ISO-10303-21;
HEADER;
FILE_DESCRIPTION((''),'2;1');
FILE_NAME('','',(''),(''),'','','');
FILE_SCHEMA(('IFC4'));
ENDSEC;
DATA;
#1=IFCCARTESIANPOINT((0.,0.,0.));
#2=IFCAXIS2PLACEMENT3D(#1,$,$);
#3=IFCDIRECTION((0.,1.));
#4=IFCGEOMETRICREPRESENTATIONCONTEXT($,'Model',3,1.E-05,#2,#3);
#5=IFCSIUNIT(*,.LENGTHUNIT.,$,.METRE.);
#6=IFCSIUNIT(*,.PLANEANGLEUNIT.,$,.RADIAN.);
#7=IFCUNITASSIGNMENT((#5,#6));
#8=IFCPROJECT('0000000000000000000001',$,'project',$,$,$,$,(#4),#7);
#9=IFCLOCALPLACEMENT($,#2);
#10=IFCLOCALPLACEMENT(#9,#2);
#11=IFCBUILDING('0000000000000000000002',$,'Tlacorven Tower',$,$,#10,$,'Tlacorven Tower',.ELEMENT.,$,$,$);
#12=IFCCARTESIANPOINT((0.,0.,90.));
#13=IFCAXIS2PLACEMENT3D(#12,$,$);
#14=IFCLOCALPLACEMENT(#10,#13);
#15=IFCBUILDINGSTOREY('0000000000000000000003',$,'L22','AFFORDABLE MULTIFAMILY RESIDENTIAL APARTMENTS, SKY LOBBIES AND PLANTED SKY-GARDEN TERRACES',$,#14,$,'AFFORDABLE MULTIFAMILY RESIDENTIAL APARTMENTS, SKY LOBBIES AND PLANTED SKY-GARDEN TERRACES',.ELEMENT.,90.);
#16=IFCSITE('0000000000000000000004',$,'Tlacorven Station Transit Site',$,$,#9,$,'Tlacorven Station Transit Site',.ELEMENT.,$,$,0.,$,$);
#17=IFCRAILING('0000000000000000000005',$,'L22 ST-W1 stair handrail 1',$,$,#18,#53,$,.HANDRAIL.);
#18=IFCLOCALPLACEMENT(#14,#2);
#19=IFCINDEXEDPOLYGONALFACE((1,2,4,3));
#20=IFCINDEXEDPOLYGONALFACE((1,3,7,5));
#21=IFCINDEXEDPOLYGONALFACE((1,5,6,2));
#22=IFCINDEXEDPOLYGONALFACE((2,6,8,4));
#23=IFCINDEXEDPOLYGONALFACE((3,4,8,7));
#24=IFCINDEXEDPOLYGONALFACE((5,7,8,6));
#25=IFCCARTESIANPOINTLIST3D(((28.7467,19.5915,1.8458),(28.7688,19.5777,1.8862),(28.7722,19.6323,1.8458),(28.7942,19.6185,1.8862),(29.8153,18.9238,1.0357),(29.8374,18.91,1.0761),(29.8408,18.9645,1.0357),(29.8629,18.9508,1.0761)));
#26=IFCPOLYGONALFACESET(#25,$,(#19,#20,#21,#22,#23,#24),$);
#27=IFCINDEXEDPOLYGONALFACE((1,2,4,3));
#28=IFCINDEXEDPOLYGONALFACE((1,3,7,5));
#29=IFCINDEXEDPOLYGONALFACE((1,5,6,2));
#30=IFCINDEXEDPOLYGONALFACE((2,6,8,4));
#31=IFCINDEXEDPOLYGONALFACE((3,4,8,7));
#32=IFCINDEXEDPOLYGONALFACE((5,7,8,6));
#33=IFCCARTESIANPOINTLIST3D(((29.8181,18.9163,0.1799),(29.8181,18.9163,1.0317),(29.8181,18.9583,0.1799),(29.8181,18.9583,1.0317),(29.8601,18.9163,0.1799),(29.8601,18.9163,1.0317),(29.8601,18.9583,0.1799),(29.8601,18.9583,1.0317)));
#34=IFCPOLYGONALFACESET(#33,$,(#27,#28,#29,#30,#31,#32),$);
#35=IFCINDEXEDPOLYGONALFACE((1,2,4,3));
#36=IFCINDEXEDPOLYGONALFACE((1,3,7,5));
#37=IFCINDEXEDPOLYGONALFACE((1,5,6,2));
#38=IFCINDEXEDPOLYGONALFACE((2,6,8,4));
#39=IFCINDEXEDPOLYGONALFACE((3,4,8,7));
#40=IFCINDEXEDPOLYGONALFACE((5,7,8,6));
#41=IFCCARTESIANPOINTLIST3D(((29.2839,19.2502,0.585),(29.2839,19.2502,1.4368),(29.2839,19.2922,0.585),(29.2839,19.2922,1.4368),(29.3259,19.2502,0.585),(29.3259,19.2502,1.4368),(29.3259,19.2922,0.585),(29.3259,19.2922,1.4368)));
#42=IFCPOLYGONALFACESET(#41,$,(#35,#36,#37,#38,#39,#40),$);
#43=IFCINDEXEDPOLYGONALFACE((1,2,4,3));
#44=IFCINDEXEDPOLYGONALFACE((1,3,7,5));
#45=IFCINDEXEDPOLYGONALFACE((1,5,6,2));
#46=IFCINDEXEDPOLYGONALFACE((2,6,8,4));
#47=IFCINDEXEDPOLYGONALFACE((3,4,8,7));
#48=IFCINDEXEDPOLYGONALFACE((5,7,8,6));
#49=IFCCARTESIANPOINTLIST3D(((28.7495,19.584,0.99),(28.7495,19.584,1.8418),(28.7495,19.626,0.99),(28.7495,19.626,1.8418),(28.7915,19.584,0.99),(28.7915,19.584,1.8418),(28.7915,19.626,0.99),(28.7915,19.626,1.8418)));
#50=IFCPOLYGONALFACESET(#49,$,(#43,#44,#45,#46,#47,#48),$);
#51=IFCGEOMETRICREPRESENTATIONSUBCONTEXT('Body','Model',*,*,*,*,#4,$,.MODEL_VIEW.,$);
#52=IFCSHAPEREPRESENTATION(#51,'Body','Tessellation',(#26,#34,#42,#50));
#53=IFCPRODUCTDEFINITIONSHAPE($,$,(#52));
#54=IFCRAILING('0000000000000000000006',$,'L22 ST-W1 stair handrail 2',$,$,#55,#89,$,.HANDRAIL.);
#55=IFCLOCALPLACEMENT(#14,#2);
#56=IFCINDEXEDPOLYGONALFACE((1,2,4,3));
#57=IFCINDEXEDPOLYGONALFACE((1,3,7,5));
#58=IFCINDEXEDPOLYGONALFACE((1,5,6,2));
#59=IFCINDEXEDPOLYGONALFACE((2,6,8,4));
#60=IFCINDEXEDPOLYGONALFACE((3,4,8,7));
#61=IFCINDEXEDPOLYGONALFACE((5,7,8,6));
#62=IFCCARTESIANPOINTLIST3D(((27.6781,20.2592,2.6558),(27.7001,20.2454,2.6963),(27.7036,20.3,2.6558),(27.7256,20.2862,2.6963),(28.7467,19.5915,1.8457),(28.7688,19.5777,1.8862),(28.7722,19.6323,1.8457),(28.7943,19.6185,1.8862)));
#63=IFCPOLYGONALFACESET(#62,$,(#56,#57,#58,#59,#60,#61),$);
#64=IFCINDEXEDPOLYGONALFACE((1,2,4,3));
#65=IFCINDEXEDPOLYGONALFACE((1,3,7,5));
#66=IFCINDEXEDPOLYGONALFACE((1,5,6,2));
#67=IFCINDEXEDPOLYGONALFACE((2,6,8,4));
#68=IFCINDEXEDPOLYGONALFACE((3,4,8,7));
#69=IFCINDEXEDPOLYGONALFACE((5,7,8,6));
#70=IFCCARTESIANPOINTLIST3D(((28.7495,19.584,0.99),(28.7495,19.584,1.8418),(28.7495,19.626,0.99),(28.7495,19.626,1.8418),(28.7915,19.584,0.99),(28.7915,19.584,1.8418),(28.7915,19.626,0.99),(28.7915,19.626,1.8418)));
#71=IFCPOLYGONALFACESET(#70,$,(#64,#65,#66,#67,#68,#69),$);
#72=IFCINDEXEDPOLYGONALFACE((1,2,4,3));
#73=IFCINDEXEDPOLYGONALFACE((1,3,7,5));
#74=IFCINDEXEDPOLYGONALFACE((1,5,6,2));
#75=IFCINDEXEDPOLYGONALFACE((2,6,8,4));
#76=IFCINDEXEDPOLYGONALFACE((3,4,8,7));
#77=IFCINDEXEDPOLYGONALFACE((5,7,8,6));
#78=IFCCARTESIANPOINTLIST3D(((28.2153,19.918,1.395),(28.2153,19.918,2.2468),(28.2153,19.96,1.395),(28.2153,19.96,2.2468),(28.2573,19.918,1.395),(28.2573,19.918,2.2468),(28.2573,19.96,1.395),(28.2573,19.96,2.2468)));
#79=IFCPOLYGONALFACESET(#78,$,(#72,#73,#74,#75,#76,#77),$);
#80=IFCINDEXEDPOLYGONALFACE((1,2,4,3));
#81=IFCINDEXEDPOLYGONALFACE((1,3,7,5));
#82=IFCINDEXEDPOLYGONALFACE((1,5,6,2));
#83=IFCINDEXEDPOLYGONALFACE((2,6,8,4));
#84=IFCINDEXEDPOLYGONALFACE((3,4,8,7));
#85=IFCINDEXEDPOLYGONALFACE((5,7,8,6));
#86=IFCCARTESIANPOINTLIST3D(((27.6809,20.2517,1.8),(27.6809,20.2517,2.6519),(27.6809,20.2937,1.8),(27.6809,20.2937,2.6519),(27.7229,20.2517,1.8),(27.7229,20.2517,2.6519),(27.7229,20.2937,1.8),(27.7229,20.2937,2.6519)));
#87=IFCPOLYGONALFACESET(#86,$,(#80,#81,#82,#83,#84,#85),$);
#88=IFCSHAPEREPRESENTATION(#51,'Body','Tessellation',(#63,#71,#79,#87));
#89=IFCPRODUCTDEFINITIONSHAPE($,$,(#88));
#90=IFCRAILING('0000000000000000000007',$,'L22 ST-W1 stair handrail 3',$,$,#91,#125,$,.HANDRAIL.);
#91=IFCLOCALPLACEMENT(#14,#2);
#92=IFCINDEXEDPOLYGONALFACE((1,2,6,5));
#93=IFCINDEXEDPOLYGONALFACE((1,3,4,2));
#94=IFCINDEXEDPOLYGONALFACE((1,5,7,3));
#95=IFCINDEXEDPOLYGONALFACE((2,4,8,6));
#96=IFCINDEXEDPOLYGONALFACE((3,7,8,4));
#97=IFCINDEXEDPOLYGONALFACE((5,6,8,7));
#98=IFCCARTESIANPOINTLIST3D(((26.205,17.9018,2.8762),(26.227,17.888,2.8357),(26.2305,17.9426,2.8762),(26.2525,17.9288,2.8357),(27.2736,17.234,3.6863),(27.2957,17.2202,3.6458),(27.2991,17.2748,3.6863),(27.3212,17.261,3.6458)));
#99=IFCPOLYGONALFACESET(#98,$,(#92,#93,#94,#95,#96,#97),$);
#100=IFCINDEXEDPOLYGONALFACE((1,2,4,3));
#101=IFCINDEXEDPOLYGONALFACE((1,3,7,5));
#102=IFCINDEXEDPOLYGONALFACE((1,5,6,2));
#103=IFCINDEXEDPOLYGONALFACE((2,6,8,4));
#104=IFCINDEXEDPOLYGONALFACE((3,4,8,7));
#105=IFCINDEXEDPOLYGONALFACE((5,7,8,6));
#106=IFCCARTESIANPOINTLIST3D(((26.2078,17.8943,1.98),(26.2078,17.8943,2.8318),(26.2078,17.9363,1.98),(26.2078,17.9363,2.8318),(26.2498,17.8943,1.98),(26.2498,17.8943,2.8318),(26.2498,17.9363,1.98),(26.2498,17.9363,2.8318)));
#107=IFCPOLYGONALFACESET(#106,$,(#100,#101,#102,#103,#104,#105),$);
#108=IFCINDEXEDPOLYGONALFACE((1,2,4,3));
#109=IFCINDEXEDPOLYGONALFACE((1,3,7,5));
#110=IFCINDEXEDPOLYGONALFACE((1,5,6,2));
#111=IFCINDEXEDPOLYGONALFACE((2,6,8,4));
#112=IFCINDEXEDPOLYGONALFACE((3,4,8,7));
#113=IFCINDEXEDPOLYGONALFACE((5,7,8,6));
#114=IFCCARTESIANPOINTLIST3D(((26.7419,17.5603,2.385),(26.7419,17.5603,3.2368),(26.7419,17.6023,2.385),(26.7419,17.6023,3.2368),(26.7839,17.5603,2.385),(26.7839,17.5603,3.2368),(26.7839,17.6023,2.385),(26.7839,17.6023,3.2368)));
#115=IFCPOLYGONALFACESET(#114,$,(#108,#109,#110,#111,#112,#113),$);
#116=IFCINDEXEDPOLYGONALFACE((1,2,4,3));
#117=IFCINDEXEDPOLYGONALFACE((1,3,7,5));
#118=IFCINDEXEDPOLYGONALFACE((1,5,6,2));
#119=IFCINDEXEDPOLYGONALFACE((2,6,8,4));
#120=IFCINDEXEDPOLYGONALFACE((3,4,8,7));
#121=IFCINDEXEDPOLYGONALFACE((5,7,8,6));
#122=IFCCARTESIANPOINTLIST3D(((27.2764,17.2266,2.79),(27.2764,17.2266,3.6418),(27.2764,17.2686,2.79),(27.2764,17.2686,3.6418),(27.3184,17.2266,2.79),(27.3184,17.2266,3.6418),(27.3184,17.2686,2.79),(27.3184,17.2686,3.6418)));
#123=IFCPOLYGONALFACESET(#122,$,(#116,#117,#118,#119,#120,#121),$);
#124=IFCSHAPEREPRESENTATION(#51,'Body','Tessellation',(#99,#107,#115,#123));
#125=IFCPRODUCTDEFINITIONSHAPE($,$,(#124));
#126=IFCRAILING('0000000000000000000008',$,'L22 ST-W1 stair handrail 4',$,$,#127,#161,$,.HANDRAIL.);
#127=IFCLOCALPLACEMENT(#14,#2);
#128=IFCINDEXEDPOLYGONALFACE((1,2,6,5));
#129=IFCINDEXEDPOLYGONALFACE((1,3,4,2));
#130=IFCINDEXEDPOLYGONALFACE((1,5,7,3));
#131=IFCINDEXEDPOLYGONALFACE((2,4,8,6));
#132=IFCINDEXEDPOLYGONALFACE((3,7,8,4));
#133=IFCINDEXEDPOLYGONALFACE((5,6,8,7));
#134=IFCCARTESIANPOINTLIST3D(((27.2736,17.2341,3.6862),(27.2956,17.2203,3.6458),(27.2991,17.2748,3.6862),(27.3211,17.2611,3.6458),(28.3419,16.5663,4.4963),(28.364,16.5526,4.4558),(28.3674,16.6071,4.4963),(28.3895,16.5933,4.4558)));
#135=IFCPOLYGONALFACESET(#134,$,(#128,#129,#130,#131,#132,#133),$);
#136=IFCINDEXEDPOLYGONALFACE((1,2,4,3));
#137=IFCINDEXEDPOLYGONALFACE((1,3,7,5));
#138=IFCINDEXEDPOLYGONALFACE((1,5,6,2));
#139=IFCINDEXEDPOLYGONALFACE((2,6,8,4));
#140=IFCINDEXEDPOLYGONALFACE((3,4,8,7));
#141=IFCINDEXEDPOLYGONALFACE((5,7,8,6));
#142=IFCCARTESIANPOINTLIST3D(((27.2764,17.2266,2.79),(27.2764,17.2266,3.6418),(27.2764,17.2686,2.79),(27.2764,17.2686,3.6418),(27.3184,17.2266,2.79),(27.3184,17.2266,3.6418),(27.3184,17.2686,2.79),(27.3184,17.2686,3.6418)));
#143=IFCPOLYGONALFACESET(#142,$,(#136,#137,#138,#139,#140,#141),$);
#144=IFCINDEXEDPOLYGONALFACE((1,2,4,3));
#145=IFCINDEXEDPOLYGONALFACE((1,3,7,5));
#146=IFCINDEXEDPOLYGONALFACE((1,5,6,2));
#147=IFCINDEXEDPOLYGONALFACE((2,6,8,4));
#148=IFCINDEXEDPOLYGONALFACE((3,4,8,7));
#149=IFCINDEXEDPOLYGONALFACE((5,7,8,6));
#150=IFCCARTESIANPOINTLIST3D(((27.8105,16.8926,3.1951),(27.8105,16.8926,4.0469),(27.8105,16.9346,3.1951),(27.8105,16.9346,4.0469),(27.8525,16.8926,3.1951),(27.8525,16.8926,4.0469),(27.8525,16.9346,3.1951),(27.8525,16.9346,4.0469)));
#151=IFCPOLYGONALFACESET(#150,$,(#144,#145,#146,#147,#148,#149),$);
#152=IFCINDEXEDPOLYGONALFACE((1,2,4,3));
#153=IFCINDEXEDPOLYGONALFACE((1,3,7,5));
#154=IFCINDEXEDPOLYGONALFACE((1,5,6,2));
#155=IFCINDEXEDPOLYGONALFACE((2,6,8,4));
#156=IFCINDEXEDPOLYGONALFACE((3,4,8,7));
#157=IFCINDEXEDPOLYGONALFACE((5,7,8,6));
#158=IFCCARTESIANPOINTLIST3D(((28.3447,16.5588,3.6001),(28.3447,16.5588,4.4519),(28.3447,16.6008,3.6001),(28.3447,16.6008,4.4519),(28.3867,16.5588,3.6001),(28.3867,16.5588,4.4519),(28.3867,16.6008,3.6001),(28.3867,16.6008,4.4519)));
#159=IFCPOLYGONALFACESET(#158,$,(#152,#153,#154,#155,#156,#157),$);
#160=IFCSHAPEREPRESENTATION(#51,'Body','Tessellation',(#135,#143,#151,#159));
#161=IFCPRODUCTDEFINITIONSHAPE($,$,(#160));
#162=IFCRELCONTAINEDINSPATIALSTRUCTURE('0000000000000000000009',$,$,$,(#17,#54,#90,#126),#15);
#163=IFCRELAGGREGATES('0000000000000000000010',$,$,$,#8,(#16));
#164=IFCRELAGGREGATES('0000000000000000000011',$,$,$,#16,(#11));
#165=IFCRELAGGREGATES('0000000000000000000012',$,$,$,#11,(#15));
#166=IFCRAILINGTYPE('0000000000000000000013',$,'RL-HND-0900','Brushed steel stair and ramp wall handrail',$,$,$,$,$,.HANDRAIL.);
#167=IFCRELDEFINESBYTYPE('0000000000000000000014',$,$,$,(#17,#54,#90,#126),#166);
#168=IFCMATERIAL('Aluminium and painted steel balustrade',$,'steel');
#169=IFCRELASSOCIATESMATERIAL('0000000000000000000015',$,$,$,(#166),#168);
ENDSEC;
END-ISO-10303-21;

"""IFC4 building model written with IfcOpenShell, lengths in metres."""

from ifc_helpers import new_model, si_unit, direction, frame, origin, origin_2d, place, context, subcontext, project, spatial, rectangle, extrude, source, transform, mapped, material, type_object, element, save


model = new_model("IFC4")

# Units and contexts
model_context = context("Model", 3, precision=1e-05, world=origin(), true_north=direction((0.0, 1.0)))
body_context = subcontext(model_context, "Body", "Model", "MODEL_VIEW")
ifc_project = project(units=[si_unit("LENGTHUNIT", "METRE"), si_unit("PLANEANGLEUNIT", "RADIAN")], contexts=[model_context])

# Site, building, storey
site_placement = place(None, origin())
site = spatial("IfcSite", under=ifc_project, at=site_placement, Name="Tlacorven Station Transit Site", LongName="Tlacorven Station Transit Site", CompositionType="ELEMENT", RefElevation=0.0)
building_placement = place(site_placement, origin())
building = spatial("IfcBuilding", under=site, at=building_placement, Name="Tlacorven Tower", LongName="Tlacorven Tower", CompositionType="ELEMENT")
storey_placement = place(building_placement, frame((0.0, 0.0, 90.0)))
storey = spatial("IfcBuildingStorey", under=building, at=storey_placement, Name="L22", Description="AFFORDABLE MULTIFAMILY RESIDENTIAL APARTMENTS, SKY LOBBIES AND PLANTED SKY-GARDEN TERRACES", LongName="AFFORDABLE MULTIFAMILY RESIDENTIAL APARTMENTS, SKY LOBBIES AND PLANTED SKY-GARDEN TERRACES", CompositionType="ELEMENT", Elevation=90.0)

# Railings
ifc_material_1 = material(Name="Aluminium and painted steel balustrade", Category="steel")
railing_type_1 = type_object("IfcRailingType", Name="RL-HND-0900", Description="Brushed steel stair and ramp wall handrail", PredefinedType="HANDRAIL", material=ifc_material_1)
shared_shape_1 = source(origin(), body_context, "Body", "SweptSolid", [
    extrude(rectangle(XDim=0.0481, YDim=0.0481, at=origin_2d()), frame((0.0, 0.0, 0.876), z_axis=(-0.71336, 0.445748, 0.540765), x_axis=(-0.529912, -0.848053, 0.0)), (0.0, 0.0, 1.0), 1.498),
    extrude(rectangle(XDim=0.042, YDim=0.042, at=origin_2d()), origin(), (0.0, 0.0, 1.0), 0.8518),
    extrude(rectangle(XDim=0.042, YDim=0.042, at=origin_2d()), frame((-0.5342, 0.334, 0.405)), (0.0, 0.0, 1.0), 0.8518),
    extrude(rectangle(XDim=0.042, YDim=0.042, at=origin_2d()), frame((-1.0686, 0.6677, 0.8101)), (0.0, 0.0, 1.0), 0.8518),
])
for number, where, name in (
    (1, (29.8391, 18.9373, 0.1799), "L22 ST-W1 stair handrail 1"),
    (2, (28.7705, 19.605, 0.99), "L22 ST-W1 stair handrail 2"),
):
    element("IfcRailing", number, at=place(storey_placement, frame(where)), inside=storey, type_object=railing_type_1, Name=name, PredefinedType="HANDRAIL", context=body_context, shape_type="MappedRepresentation", body=[
        mapped(shared_shape_1, transform((0.0, 0.0, 0.0), scale=1.0)),
    ])
shared_shape_2 = source(origin(), body_context, "Body", "SweptSolid", [
    extrude(rectangle(XDim=0.0481, YDim=0.0481, at=origin_2d()), frame((0.0, 0.0, 0.876), z_axis=(0.71336, -0.445748, 0.540765), x_axis=(0.529912, 0.848053, 0.0)), (0.0, 0.0, 1.0), 1.498),
    extrude(rectangle(XDim=0.042, YDim=0.042, at=origin_2d()), origin(), (0.0, 0.0, 1.0), 0.8518),
    extrude(rectangle(XDim=0.042, YDim=0.042, at=origin_2d()), frame((0.5342, -0.334, 0.405)), (0.0, 0.0, 1.0), 0.8518),
    extrude(rectangle(XDim=0.042, YDim=0.042, at=origin_2d()), frame((1.0686, -0.6677, 0.8101)), (0.0, 0.0, 1.0), 0.8518),
])
railing_1_placement = place(storey_placement, frame((26.2288, 17.9153, 1.98)))
element("IfcRailing", 3, at=railing_1_placement, inside=storey, type_object=railing_type_1, Name="L22 ST-W1 stair handrail 3", PredefinedType="HANDRAIL", context=body_context, shape_type="MappedRepresentation", body=[
    mapped(shared_shape_2, transform((0.0, 0.0, 0.0), scale=1.0)),
])
shared_shape_3 = source(origin(), body_context, "Body", "SweptSolid", [
    extrude(rectangle(XDim=0.0481, YDim=0.0481, at=origin_2d()), frame((0.0, 0.0, 0.876), z_axis=(0.71328, -0.4458, 0.540828), x_axis=(0.529999, 0.847998, 0.0)), (0.0, 0.0, 1.0), 1.4978),
    extrude(rectangle(XDim=0.042, YDim=0.042, at=origin_2d()), origin(), (0.0, 0.0, 1.0), 0.8518),
    extrude(rectangle(XDim=0.042, YDim=0.042, at=origin_2d()), frame((0.5342, -0.334, 0.405)), (0.0, 0.0, 1.0), 0.8518),
    extrude(rectangle(XDim=0.042, YDim=0.042, at=origin_2d()), frame((1.0684, -0.6677, 0.8101)), (0.0, 0.0, 1.0), 0.8518),
])
railing_2_placement = place(storey_placement, frame((27.2974, 17.2476, 2.79)))
element("IfcRailing", 4, at=railing_2_placement, inside=storey, type_object=railing_type_1, Name="L22 ST-W1 stair handrail 4", PredefinedType="HANDRAIL", context=body_context, shape_type="MappedRepresentation", body=[
    mapped(shared_shape_3, transform((0.0, 0.0, 0.0), scale=1.0)),
])

save(model, "model.ifc")
